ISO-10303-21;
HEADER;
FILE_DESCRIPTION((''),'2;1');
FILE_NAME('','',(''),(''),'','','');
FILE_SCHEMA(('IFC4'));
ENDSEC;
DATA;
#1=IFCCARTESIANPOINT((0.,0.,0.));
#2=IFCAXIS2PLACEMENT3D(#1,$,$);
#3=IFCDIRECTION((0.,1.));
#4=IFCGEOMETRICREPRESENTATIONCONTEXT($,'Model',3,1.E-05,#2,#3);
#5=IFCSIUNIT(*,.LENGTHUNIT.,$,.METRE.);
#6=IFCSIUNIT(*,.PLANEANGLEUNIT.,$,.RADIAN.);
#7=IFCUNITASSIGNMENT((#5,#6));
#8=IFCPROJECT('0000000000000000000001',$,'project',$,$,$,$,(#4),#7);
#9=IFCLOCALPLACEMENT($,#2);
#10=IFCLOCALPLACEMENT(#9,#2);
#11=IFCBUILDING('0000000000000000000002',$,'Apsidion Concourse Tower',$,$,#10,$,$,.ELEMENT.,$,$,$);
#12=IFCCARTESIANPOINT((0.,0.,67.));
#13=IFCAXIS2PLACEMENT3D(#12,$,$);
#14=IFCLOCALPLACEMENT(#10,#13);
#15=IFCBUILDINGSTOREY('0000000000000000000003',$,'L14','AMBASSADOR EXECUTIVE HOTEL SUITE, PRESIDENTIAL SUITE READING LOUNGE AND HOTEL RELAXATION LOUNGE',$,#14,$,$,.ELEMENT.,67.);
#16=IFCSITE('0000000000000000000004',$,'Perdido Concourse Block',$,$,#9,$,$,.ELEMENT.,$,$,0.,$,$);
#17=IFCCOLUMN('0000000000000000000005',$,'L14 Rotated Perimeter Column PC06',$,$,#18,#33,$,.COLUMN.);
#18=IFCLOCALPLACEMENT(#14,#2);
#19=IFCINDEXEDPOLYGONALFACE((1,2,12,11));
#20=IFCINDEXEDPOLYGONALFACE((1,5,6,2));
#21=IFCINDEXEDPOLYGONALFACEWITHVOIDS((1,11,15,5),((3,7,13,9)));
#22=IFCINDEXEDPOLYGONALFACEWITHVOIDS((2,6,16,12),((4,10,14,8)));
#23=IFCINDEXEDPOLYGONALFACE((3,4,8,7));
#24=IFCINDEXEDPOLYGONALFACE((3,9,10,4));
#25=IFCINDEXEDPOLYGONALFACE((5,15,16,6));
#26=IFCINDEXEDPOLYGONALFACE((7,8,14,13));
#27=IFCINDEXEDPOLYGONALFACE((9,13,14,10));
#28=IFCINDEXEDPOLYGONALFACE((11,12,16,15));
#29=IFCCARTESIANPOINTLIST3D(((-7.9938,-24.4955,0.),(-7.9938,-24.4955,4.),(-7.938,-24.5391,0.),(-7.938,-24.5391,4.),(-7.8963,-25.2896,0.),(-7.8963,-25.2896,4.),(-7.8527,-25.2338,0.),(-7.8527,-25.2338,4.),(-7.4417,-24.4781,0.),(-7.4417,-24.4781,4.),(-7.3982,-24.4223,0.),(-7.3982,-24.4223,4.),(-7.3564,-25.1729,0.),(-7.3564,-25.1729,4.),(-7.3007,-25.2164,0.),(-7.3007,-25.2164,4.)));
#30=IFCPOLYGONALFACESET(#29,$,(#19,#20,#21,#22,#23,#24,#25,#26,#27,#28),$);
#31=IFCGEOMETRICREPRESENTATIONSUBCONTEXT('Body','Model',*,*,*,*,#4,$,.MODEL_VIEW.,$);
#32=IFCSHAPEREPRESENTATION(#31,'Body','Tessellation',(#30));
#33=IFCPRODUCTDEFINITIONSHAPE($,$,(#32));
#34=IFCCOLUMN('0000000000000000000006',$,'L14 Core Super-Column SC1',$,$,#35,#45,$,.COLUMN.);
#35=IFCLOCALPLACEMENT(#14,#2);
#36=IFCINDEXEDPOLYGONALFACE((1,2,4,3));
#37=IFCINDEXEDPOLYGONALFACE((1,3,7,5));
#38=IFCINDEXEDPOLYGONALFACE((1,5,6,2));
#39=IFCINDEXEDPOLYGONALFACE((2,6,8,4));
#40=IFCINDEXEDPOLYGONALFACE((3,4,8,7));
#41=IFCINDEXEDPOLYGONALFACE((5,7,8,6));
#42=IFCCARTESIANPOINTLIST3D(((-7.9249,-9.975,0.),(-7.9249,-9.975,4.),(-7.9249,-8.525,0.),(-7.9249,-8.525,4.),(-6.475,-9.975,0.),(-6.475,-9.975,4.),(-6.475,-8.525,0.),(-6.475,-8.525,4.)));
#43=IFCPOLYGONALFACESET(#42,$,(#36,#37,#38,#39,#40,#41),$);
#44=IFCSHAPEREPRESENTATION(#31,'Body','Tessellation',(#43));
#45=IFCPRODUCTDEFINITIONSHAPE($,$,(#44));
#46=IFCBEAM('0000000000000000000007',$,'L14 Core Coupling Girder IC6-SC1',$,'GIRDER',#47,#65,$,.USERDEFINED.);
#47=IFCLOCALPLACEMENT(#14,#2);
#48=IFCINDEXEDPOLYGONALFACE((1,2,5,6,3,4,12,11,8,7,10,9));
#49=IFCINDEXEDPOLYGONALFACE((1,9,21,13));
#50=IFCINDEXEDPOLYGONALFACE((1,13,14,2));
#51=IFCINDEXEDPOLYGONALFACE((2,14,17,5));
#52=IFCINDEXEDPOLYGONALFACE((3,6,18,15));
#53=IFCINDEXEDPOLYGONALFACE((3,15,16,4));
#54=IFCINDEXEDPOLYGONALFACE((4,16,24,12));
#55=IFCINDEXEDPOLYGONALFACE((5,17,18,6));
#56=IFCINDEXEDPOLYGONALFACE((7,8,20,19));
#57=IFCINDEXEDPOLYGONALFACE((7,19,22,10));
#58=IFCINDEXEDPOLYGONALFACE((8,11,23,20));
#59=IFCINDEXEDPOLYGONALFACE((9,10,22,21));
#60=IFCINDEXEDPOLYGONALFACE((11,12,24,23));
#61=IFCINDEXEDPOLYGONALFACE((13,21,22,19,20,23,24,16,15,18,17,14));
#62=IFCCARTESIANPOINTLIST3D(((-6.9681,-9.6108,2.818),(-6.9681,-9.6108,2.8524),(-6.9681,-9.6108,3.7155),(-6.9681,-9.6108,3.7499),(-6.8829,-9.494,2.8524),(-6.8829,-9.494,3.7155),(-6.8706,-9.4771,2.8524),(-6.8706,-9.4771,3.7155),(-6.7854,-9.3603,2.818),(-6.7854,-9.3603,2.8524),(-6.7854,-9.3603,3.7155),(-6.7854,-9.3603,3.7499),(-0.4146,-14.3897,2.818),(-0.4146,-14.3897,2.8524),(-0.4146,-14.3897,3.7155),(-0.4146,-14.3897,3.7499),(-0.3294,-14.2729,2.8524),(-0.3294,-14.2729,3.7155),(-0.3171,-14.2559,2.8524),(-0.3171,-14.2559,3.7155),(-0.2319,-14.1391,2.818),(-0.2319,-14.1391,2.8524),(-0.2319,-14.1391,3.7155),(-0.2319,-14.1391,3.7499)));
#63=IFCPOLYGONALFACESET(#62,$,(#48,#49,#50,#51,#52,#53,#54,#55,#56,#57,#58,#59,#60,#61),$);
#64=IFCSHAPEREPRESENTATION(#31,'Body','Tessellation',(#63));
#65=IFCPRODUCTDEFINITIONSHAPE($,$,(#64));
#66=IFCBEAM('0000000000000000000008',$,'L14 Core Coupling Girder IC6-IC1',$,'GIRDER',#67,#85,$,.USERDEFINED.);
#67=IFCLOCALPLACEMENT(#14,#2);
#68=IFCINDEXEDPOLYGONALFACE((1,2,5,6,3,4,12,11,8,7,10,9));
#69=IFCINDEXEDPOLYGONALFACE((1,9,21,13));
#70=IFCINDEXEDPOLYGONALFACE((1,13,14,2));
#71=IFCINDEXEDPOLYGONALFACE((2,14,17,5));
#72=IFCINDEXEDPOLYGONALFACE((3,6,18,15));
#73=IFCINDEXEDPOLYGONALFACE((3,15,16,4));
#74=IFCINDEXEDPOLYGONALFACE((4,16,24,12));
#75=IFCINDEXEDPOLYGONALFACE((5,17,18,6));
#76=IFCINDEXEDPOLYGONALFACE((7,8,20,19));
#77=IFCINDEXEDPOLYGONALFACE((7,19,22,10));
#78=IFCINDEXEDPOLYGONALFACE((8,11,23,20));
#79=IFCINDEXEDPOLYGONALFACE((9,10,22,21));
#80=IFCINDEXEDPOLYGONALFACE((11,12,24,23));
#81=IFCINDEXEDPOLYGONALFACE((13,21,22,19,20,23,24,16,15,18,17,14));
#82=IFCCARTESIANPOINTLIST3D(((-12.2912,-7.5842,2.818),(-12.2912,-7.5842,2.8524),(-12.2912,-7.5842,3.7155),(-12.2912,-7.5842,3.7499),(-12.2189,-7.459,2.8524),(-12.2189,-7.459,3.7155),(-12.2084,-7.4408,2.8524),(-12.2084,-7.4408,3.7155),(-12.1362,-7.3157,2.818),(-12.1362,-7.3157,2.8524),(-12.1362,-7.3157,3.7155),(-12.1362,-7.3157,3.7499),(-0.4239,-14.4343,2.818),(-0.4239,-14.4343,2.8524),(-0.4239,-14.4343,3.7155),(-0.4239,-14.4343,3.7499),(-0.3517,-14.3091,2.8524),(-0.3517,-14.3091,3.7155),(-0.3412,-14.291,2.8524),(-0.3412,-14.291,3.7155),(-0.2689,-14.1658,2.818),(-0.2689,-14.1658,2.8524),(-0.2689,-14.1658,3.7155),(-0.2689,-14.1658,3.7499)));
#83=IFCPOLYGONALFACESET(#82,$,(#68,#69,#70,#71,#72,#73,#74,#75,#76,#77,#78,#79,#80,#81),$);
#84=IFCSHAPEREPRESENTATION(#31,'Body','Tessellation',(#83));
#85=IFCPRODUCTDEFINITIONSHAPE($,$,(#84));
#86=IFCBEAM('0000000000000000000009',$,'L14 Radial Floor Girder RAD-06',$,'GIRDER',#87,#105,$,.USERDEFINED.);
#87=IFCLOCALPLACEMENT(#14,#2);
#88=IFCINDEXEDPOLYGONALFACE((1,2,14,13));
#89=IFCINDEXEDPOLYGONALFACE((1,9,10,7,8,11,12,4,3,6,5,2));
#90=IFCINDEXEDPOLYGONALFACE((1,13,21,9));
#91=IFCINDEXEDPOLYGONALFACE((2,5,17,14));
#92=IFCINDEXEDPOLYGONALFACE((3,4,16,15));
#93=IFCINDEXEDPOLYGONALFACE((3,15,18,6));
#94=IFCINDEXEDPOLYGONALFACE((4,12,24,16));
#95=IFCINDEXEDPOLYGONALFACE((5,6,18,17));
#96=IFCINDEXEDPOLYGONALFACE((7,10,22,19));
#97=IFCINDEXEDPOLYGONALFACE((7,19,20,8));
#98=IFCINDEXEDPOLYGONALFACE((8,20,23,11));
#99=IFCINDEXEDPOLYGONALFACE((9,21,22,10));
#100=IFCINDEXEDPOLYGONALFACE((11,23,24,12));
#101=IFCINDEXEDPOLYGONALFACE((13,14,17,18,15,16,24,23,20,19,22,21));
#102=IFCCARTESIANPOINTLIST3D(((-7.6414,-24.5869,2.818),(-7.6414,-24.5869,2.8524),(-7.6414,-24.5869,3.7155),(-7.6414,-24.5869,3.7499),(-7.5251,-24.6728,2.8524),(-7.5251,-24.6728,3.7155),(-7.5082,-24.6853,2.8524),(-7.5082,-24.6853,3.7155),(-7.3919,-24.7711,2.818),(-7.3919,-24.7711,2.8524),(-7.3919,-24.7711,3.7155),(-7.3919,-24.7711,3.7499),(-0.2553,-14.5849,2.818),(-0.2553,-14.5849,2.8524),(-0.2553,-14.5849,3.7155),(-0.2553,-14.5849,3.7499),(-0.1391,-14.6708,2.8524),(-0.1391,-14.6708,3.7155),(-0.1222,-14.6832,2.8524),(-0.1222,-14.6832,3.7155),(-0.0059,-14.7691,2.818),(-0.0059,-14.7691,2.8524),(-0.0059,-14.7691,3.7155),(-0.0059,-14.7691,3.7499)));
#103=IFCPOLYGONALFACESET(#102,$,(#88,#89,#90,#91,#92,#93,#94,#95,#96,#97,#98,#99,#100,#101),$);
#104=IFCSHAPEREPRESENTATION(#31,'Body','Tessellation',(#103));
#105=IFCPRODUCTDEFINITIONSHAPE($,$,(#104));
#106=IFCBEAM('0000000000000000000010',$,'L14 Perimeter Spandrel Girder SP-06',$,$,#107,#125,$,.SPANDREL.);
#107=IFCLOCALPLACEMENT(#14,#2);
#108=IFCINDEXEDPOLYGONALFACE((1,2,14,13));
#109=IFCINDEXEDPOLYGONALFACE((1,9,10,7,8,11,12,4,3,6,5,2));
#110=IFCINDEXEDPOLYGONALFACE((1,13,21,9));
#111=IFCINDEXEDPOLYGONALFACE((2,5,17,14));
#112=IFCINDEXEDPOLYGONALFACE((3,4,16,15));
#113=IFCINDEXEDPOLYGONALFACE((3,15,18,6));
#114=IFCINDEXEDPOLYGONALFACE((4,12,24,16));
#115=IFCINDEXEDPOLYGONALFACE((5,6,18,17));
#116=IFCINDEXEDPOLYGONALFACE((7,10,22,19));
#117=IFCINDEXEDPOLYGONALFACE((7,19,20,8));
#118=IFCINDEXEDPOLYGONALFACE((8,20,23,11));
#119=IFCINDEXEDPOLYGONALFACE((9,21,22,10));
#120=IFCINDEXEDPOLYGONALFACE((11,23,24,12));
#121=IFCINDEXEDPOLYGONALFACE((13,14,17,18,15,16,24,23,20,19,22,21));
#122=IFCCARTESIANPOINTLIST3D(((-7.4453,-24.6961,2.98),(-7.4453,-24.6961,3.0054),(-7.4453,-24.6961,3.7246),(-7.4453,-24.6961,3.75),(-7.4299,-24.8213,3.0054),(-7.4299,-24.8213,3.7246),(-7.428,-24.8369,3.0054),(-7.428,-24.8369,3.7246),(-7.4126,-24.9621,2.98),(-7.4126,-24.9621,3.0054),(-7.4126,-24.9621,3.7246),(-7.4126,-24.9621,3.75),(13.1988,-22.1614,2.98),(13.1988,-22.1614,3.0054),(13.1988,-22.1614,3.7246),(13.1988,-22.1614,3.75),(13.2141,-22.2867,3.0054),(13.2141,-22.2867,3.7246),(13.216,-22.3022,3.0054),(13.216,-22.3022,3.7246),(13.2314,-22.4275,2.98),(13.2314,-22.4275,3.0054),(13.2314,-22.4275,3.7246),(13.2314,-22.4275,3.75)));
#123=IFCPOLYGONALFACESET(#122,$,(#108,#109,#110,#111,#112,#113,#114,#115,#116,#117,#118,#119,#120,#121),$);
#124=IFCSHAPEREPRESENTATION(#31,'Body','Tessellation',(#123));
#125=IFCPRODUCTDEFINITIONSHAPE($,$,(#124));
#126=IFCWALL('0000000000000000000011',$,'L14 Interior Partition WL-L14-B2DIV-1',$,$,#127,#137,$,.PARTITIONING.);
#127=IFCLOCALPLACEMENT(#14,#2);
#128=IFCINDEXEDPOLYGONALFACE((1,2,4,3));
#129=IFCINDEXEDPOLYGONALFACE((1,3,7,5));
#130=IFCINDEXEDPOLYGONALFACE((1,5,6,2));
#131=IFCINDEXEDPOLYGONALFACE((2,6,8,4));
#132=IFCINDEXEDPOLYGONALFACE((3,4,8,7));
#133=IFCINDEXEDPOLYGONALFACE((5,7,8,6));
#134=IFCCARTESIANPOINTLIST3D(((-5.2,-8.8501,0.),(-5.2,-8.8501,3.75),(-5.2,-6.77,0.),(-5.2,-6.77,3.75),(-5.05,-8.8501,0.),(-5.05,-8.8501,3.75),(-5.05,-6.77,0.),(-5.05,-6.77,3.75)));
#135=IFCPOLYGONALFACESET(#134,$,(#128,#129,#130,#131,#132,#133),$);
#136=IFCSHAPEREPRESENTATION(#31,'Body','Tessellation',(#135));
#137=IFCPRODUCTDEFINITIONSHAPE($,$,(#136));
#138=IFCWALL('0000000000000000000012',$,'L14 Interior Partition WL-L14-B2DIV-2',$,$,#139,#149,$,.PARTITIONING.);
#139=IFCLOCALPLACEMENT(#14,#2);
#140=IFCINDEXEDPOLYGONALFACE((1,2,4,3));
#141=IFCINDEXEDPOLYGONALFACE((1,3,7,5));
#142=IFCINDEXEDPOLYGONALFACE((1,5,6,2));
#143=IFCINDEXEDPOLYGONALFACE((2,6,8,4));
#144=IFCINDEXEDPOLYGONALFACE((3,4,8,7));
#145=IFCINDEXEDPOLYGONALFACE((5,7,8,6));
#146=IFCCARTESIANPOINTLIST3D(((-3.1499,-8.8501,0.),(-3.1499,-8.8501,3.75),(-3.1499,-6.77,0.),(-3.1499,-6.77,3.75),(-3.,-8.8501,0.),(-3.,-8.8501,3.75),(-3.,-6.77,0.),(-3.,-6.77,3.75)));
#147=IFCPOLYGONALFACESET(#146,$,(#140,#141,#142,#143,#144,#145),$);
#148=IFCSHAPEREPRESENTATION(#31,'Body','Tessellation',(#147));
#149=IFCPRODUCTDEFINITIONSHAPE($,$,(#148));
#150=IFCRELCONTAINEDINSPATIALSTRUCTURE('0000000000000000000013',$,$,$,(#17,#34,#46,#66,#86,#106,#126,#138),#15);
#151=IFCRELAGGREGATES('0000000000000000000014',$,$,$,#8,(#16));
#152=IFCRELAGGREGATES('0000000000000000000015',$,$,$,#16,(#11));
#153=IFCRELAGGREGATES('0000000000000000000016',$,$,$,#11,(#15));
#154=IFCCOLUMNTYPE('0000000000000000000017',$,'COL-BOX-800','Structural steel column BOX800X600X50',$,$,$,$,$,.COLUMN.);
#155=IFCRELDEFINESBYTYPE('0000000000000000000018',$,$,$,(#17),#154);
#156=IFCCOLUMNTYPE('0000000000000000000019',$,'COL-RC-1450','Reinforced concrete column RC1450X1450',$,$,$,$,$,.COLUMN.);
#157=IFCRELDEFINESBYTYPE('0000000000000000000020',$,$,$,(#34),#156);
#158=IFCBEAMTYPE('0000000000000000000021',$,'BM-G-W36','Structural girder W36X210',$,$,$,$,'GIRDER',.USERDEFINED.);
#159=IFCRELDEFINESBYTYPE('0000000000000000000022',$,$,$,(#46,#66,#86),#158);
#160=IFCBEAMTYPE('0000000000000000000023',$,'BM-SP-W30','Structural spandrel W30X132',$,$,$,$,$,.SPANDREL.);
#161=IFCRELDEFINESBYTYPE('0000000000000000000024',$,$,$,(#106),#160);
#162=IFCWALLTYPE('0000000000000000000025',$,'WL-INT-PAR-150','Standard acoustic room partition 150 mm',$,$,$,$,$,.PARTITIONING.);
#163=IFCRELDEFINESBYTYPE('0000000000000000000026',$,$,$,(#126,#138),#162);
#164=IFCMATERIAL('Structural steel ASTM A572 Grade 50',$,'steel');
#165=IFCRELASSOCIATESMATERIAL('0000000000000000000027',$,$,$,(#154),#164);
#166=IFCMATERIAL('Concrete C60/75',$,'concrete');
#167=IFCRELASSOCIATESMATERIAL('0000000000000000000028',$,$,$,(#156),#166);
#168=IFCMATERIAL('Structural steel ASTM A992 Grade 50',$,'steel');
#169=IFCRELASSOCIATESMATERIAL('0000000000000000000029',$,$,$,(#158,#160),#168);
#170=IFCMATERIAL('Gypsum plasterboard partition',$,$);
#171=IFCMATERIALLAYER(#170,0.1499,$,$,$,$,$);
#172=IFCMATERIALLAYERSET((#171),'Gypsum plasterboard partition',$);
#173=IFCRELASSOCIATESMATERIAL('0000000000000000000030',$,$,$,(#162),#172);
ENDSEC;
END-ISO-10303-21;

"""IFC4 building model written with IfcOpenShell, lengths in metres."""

from ifc_helpers import new_model, si_unit, direction, frame, frame_2d, origin, origin_2d, place, context, subcontext, project, spatial, rectangle, hollow_rectangle, i_section, extrude, material, layer, layer_set, material_profile, profile_set, type_object, element, save


model = new_model("IFC4")

# Units and contexts
model_context = context("Model", 3, precision=1e-05, world=origin(), true_north=direction((0.0, 1.0)))
body_context = subcontext(model_context, "Body", "Model", "MODEL_VIEW")
ifc_project = project(units=[si_unit("LENGTHUNIT", "METRE"), si_unit("PLANEANGLEUNIT", "RADIAN")], contexts=[model_context])

# Site, building, storey
site_placement = place(None, origin())
site = spatial("IfcSite", under=ifc_project, at=site_placement, Name="Perdido Concourse Block", CompositionType="ELEMENT", RefElevation=0.0)
building_placement = place(site_placement, origin())
building = spatial("IfcBuilding", under=site, at=building_placement, Name="Apsidion Concourse Tower", CompositionType="ELEMENT")
storey_placement = place(building_placement, frame((0.0, 0.0, 67.0)))
storey = spatial("IfcBuildingStorey", under=building, at=storey_placement, Name="L14", Description="AMBASSADOR EXECUTIVE HOTEL SUITE, PRESIDENTIAL SUITE READING LOUNGE AND HOTEL RELAXATION LOUNGE", CompositionType="ELEMENT", Elevation=67.0)

# Columns
ifc_material_1 = material(Name="Structural steel ASTM A572 Grade 50", Category="steel")
ifc_material_profile_1 = material_profile(ifc_material_1, hollow_rectangle(XDim=0.6001, YDim=0.8, WallThickness=0.05, at=origin_2d()), Name="BOX800X600X50")
ifc_profile_set_1 = profile_set([ifc_material_profile_1], Name="Structural steel ASTM A572 Grade 50")
column_type_1 = type_object("IfcColumnType", Name="COL-BOX-800", Description="Structural steel column BOX800X600X50", PredefinedType="COLUMN", material=ifc_profile_set_1)
column_1_placement = place(storey_placement, frame((-7.6472, -24.856, 0.0), z_axis=(0.0, 0.0, 1.0), x_axis=(0.992546, 0.121869, 0.0)))
element("IfcColumn", 1, at=column_1_placement, inside=storey, type_object=column_type_1, Name="L14 Rotated Perimeter Column PC06", PredefinedType="COLUMN", context=body_context, shape_type="SweptSolid", body=[
    extrude(hollow_rectangle(XDim=0.6001, YDim=0.8, WallThickness=0.05, at=origin_2d()), origin(), (0.0, 0.0, 1.0), 4.0),
])
ifc_material_2 = material(Name="Concrete C60/75", Category="concrete")
ifc_material_profile_2 = material_profile(ifc_material_2, rectangle(XDim=1.45, YDim=1.45, at=origin_2d()), Name="RC 1450x1450")
ifc_profile_set_2 = profile_set([ifc_material_profile_2], Name="Concrete C60/75")
column_type_2 = type_object("IfcColumnType", Name="COL-RC-1450", Description="Reinforced concrete column RC1450X1450", PredefinedType="COLUMN", material=ifc_profile_set_2)
column_2_placement = place(storey_placement, frame((-7.2, -9.25, 0.0), z_axis=(0.0, 0.0, 1.0), x_axis=(1.0, 0.0, 0.0)))
element("IfcColumn", 2, at=column_2_placement, inside=storey, type_object=column_type_2, Name="L14 Core Super-Column SC1", PredefinedType="COLUMN", context=body_context, shape_type="SweptSolid", body=[
    extrude(rectangle(XDim=1.45, YDim=1.45, at=origin_2d()), origin(), (0.0, 0.0, 1.0), 4.0),
])

# Beams
ifc_material_3 = material(Name="Structural steel ASTM A992 Grade 50", Category="steel")
ifc_material_profile_3 = material_profile(ifc_material_3, i_section(OverallWidth=0.3101, OverallDepth=0.9319, WebThickness=0.021, FlangeThickness=0.0344, at=origin_2d()), Name="W36X210")
ifc_profile_set_3 = profile_set([ifc_material_profile_3], Name="Structural steel ASTM A992 Grade 50")
beam_type_1 = type_object("IfcBeamType", Name="BM-G-W36", Description="Structural girder W36X210", ElementType="GIRDER", PredefinedType="USERDEFINED", material=ifc_profile_set_3)
beam_1_placement = place(storey_placement, frame((-0.3232, -14.2644, 3.2839), z_axis=(-0.807993, 0.589191, 0.0), x_axis=(-0.589191, -0.807993, 0.0)))
element("IfcBeam", 3, at=beam_1_placement, inside=storey, type_object=beam_type_1, Name="L14 Core Coupling Girder IC6-SC1", ObjectType="GIRDER", PredefinedType="USERDEFINED", context=body_context, shape_type="SweptSolid", body=[
    extrude(i_section(OverallWidth=0.3101, OverallDepth=0.9319, WebThickness=0.021, FlangeThickness=0.0344, at=origin_2d()), origin(), (0.0, 0.0, 1.0), 8.1108),
])
beam_2_placement = place(storey_placement, frame((-0.3464, -14.3, 3.2839), z_axis=(-0.86607, 0.499922, 0.0), x_axis=(-0.499922, -0.86607, 0.0)))
element("IfcBeam", 4, at=beam_2_placement, inside=storey, type_object=beam_type_1, Name="L14 Core Coupling Girder IC6-IC1", ObjectType="GIRDER", PredefinedType="USERDEFINED", context=body_context, shape_type="SweptSolid", body=[
    extrude(i_section(OverallWidth=0.3101, OverallDepth=0.9319, WebThickness=0.021, FlangeThickness=0.0344, at=origin_2d()), origin(), (0.0, 0.0, 1.0), 13.7024),
])
beam_3_placement = place(storey_placement, frame((-0.1306, -14.677, 3.2839), z_axis=(-0.594039, -0.804436, 0.0), x_axis=(0.804436, -0.594039, 0.0)))
element("IfcBeam", 5, at=beam_3_placement, inside=storey, type_object=beam_type_1, Name="L14 Radial Floor Girder RAD-06", ObjectType="GIRDER", PredefinedType="USERDEFINED", context=body_context, shape_type="SweptSolid", body=[
    extrude(i_section(OverallWidth=0.3101, OverallDepth=0.9319, WebThickness=0.021, FlangeThickness=0.0344, at=origin_2d()), origin(), (0.0, 0.0, 1.0), 12.4336),
])
ifc_material_profile_4 = material_profile(ifc_material_3, i_section(OverallWidth=0.2681, OverallDepth=0.77, WebThickness=0.0156, FlangeThickness=0.0254, at=origin_2d()), Name="W30X132")
ifc_profile_set_4 = profile_set([ifc_material_profile_4], Name="Structural steel ASTM A992 Grade 50")
beam_type_2 = type_object("IfcBeamType", Name="BM-SP-W30", Description="Structural spandrel W30X132", PredefinedType="SPANDREL", material=ifc_profile_set_4)
beam_4_placement = place(storey_placement, frame((-7.429, -24.8291, 3.365), z_axis=(0.992547, 0.121865, 0.0), x_axis=(-0.121865, 0.992547, 0.0)))
element("IfcBeam", 6, at=beam_4_placement, inside=storey, type_object=beam_type_2, Name="L14 Perimeter Spandrel Girder SP-06", PredefinedType="SPANDREL", context=body_context, shape_type="SweptSolid", body=[
    extrude(i_section(OverallWidth=0.2681, OverallDepth=0.77, WebThickness=0.0156, FlangeThickness=0.0254, at=origin_2d()), origin(), (0.0, 0.0, 1.0), 20.7991),
])

# Walls
ifc_material_4 = material(Name="Gypsum plasterboard partition")
ifc_layer_1 = layer(ifc_material_4, 0.1499)
ifc_layer_set_1 = layer_set([ifc_layer_1], Name="Gypsum plasterboard partition")
wall_type_1 = type_object("IfcWallType", Name="WL-INT-PAR-150", Description="Standard acoustic room partition 150 mm", PredefinedType="PARTITIONING", material=ifc_layer_set_1)
for number, where, z_axis, x_axis, name in (
    (7, (-5.125, -8.8501, 0.0), (0.0, 0.0, 1.0), (0.0, 1.0, 0.0), "L14 Interior Partition WL-L14-B2DIV-1"),
    (8, (-3.075, -8.8501, 0.0), (0.0, 0.0, 1.0), (0.0, 1.0, 0.0), "L14 Interior Partition WL-L14-B2DIV-2"),
):
    element("IfcWall", number, at=place(storey_placement, frame(where, z_axis=z_axis, x_axis=x_axis)), inside=storey, type_object=wall_type_1, Name=name, PredefinedType="PARTITIONING", context=body_context, shape_type="SweptSolid", body=[
        extrude(rectangle(XDim=2.0801, YDim=0.1499, at=frame_2d((1.04, 0.0))), origin(), (0.0, 0.0, 1.0), 3.75),
    ])

save(model, "model.ifc")
